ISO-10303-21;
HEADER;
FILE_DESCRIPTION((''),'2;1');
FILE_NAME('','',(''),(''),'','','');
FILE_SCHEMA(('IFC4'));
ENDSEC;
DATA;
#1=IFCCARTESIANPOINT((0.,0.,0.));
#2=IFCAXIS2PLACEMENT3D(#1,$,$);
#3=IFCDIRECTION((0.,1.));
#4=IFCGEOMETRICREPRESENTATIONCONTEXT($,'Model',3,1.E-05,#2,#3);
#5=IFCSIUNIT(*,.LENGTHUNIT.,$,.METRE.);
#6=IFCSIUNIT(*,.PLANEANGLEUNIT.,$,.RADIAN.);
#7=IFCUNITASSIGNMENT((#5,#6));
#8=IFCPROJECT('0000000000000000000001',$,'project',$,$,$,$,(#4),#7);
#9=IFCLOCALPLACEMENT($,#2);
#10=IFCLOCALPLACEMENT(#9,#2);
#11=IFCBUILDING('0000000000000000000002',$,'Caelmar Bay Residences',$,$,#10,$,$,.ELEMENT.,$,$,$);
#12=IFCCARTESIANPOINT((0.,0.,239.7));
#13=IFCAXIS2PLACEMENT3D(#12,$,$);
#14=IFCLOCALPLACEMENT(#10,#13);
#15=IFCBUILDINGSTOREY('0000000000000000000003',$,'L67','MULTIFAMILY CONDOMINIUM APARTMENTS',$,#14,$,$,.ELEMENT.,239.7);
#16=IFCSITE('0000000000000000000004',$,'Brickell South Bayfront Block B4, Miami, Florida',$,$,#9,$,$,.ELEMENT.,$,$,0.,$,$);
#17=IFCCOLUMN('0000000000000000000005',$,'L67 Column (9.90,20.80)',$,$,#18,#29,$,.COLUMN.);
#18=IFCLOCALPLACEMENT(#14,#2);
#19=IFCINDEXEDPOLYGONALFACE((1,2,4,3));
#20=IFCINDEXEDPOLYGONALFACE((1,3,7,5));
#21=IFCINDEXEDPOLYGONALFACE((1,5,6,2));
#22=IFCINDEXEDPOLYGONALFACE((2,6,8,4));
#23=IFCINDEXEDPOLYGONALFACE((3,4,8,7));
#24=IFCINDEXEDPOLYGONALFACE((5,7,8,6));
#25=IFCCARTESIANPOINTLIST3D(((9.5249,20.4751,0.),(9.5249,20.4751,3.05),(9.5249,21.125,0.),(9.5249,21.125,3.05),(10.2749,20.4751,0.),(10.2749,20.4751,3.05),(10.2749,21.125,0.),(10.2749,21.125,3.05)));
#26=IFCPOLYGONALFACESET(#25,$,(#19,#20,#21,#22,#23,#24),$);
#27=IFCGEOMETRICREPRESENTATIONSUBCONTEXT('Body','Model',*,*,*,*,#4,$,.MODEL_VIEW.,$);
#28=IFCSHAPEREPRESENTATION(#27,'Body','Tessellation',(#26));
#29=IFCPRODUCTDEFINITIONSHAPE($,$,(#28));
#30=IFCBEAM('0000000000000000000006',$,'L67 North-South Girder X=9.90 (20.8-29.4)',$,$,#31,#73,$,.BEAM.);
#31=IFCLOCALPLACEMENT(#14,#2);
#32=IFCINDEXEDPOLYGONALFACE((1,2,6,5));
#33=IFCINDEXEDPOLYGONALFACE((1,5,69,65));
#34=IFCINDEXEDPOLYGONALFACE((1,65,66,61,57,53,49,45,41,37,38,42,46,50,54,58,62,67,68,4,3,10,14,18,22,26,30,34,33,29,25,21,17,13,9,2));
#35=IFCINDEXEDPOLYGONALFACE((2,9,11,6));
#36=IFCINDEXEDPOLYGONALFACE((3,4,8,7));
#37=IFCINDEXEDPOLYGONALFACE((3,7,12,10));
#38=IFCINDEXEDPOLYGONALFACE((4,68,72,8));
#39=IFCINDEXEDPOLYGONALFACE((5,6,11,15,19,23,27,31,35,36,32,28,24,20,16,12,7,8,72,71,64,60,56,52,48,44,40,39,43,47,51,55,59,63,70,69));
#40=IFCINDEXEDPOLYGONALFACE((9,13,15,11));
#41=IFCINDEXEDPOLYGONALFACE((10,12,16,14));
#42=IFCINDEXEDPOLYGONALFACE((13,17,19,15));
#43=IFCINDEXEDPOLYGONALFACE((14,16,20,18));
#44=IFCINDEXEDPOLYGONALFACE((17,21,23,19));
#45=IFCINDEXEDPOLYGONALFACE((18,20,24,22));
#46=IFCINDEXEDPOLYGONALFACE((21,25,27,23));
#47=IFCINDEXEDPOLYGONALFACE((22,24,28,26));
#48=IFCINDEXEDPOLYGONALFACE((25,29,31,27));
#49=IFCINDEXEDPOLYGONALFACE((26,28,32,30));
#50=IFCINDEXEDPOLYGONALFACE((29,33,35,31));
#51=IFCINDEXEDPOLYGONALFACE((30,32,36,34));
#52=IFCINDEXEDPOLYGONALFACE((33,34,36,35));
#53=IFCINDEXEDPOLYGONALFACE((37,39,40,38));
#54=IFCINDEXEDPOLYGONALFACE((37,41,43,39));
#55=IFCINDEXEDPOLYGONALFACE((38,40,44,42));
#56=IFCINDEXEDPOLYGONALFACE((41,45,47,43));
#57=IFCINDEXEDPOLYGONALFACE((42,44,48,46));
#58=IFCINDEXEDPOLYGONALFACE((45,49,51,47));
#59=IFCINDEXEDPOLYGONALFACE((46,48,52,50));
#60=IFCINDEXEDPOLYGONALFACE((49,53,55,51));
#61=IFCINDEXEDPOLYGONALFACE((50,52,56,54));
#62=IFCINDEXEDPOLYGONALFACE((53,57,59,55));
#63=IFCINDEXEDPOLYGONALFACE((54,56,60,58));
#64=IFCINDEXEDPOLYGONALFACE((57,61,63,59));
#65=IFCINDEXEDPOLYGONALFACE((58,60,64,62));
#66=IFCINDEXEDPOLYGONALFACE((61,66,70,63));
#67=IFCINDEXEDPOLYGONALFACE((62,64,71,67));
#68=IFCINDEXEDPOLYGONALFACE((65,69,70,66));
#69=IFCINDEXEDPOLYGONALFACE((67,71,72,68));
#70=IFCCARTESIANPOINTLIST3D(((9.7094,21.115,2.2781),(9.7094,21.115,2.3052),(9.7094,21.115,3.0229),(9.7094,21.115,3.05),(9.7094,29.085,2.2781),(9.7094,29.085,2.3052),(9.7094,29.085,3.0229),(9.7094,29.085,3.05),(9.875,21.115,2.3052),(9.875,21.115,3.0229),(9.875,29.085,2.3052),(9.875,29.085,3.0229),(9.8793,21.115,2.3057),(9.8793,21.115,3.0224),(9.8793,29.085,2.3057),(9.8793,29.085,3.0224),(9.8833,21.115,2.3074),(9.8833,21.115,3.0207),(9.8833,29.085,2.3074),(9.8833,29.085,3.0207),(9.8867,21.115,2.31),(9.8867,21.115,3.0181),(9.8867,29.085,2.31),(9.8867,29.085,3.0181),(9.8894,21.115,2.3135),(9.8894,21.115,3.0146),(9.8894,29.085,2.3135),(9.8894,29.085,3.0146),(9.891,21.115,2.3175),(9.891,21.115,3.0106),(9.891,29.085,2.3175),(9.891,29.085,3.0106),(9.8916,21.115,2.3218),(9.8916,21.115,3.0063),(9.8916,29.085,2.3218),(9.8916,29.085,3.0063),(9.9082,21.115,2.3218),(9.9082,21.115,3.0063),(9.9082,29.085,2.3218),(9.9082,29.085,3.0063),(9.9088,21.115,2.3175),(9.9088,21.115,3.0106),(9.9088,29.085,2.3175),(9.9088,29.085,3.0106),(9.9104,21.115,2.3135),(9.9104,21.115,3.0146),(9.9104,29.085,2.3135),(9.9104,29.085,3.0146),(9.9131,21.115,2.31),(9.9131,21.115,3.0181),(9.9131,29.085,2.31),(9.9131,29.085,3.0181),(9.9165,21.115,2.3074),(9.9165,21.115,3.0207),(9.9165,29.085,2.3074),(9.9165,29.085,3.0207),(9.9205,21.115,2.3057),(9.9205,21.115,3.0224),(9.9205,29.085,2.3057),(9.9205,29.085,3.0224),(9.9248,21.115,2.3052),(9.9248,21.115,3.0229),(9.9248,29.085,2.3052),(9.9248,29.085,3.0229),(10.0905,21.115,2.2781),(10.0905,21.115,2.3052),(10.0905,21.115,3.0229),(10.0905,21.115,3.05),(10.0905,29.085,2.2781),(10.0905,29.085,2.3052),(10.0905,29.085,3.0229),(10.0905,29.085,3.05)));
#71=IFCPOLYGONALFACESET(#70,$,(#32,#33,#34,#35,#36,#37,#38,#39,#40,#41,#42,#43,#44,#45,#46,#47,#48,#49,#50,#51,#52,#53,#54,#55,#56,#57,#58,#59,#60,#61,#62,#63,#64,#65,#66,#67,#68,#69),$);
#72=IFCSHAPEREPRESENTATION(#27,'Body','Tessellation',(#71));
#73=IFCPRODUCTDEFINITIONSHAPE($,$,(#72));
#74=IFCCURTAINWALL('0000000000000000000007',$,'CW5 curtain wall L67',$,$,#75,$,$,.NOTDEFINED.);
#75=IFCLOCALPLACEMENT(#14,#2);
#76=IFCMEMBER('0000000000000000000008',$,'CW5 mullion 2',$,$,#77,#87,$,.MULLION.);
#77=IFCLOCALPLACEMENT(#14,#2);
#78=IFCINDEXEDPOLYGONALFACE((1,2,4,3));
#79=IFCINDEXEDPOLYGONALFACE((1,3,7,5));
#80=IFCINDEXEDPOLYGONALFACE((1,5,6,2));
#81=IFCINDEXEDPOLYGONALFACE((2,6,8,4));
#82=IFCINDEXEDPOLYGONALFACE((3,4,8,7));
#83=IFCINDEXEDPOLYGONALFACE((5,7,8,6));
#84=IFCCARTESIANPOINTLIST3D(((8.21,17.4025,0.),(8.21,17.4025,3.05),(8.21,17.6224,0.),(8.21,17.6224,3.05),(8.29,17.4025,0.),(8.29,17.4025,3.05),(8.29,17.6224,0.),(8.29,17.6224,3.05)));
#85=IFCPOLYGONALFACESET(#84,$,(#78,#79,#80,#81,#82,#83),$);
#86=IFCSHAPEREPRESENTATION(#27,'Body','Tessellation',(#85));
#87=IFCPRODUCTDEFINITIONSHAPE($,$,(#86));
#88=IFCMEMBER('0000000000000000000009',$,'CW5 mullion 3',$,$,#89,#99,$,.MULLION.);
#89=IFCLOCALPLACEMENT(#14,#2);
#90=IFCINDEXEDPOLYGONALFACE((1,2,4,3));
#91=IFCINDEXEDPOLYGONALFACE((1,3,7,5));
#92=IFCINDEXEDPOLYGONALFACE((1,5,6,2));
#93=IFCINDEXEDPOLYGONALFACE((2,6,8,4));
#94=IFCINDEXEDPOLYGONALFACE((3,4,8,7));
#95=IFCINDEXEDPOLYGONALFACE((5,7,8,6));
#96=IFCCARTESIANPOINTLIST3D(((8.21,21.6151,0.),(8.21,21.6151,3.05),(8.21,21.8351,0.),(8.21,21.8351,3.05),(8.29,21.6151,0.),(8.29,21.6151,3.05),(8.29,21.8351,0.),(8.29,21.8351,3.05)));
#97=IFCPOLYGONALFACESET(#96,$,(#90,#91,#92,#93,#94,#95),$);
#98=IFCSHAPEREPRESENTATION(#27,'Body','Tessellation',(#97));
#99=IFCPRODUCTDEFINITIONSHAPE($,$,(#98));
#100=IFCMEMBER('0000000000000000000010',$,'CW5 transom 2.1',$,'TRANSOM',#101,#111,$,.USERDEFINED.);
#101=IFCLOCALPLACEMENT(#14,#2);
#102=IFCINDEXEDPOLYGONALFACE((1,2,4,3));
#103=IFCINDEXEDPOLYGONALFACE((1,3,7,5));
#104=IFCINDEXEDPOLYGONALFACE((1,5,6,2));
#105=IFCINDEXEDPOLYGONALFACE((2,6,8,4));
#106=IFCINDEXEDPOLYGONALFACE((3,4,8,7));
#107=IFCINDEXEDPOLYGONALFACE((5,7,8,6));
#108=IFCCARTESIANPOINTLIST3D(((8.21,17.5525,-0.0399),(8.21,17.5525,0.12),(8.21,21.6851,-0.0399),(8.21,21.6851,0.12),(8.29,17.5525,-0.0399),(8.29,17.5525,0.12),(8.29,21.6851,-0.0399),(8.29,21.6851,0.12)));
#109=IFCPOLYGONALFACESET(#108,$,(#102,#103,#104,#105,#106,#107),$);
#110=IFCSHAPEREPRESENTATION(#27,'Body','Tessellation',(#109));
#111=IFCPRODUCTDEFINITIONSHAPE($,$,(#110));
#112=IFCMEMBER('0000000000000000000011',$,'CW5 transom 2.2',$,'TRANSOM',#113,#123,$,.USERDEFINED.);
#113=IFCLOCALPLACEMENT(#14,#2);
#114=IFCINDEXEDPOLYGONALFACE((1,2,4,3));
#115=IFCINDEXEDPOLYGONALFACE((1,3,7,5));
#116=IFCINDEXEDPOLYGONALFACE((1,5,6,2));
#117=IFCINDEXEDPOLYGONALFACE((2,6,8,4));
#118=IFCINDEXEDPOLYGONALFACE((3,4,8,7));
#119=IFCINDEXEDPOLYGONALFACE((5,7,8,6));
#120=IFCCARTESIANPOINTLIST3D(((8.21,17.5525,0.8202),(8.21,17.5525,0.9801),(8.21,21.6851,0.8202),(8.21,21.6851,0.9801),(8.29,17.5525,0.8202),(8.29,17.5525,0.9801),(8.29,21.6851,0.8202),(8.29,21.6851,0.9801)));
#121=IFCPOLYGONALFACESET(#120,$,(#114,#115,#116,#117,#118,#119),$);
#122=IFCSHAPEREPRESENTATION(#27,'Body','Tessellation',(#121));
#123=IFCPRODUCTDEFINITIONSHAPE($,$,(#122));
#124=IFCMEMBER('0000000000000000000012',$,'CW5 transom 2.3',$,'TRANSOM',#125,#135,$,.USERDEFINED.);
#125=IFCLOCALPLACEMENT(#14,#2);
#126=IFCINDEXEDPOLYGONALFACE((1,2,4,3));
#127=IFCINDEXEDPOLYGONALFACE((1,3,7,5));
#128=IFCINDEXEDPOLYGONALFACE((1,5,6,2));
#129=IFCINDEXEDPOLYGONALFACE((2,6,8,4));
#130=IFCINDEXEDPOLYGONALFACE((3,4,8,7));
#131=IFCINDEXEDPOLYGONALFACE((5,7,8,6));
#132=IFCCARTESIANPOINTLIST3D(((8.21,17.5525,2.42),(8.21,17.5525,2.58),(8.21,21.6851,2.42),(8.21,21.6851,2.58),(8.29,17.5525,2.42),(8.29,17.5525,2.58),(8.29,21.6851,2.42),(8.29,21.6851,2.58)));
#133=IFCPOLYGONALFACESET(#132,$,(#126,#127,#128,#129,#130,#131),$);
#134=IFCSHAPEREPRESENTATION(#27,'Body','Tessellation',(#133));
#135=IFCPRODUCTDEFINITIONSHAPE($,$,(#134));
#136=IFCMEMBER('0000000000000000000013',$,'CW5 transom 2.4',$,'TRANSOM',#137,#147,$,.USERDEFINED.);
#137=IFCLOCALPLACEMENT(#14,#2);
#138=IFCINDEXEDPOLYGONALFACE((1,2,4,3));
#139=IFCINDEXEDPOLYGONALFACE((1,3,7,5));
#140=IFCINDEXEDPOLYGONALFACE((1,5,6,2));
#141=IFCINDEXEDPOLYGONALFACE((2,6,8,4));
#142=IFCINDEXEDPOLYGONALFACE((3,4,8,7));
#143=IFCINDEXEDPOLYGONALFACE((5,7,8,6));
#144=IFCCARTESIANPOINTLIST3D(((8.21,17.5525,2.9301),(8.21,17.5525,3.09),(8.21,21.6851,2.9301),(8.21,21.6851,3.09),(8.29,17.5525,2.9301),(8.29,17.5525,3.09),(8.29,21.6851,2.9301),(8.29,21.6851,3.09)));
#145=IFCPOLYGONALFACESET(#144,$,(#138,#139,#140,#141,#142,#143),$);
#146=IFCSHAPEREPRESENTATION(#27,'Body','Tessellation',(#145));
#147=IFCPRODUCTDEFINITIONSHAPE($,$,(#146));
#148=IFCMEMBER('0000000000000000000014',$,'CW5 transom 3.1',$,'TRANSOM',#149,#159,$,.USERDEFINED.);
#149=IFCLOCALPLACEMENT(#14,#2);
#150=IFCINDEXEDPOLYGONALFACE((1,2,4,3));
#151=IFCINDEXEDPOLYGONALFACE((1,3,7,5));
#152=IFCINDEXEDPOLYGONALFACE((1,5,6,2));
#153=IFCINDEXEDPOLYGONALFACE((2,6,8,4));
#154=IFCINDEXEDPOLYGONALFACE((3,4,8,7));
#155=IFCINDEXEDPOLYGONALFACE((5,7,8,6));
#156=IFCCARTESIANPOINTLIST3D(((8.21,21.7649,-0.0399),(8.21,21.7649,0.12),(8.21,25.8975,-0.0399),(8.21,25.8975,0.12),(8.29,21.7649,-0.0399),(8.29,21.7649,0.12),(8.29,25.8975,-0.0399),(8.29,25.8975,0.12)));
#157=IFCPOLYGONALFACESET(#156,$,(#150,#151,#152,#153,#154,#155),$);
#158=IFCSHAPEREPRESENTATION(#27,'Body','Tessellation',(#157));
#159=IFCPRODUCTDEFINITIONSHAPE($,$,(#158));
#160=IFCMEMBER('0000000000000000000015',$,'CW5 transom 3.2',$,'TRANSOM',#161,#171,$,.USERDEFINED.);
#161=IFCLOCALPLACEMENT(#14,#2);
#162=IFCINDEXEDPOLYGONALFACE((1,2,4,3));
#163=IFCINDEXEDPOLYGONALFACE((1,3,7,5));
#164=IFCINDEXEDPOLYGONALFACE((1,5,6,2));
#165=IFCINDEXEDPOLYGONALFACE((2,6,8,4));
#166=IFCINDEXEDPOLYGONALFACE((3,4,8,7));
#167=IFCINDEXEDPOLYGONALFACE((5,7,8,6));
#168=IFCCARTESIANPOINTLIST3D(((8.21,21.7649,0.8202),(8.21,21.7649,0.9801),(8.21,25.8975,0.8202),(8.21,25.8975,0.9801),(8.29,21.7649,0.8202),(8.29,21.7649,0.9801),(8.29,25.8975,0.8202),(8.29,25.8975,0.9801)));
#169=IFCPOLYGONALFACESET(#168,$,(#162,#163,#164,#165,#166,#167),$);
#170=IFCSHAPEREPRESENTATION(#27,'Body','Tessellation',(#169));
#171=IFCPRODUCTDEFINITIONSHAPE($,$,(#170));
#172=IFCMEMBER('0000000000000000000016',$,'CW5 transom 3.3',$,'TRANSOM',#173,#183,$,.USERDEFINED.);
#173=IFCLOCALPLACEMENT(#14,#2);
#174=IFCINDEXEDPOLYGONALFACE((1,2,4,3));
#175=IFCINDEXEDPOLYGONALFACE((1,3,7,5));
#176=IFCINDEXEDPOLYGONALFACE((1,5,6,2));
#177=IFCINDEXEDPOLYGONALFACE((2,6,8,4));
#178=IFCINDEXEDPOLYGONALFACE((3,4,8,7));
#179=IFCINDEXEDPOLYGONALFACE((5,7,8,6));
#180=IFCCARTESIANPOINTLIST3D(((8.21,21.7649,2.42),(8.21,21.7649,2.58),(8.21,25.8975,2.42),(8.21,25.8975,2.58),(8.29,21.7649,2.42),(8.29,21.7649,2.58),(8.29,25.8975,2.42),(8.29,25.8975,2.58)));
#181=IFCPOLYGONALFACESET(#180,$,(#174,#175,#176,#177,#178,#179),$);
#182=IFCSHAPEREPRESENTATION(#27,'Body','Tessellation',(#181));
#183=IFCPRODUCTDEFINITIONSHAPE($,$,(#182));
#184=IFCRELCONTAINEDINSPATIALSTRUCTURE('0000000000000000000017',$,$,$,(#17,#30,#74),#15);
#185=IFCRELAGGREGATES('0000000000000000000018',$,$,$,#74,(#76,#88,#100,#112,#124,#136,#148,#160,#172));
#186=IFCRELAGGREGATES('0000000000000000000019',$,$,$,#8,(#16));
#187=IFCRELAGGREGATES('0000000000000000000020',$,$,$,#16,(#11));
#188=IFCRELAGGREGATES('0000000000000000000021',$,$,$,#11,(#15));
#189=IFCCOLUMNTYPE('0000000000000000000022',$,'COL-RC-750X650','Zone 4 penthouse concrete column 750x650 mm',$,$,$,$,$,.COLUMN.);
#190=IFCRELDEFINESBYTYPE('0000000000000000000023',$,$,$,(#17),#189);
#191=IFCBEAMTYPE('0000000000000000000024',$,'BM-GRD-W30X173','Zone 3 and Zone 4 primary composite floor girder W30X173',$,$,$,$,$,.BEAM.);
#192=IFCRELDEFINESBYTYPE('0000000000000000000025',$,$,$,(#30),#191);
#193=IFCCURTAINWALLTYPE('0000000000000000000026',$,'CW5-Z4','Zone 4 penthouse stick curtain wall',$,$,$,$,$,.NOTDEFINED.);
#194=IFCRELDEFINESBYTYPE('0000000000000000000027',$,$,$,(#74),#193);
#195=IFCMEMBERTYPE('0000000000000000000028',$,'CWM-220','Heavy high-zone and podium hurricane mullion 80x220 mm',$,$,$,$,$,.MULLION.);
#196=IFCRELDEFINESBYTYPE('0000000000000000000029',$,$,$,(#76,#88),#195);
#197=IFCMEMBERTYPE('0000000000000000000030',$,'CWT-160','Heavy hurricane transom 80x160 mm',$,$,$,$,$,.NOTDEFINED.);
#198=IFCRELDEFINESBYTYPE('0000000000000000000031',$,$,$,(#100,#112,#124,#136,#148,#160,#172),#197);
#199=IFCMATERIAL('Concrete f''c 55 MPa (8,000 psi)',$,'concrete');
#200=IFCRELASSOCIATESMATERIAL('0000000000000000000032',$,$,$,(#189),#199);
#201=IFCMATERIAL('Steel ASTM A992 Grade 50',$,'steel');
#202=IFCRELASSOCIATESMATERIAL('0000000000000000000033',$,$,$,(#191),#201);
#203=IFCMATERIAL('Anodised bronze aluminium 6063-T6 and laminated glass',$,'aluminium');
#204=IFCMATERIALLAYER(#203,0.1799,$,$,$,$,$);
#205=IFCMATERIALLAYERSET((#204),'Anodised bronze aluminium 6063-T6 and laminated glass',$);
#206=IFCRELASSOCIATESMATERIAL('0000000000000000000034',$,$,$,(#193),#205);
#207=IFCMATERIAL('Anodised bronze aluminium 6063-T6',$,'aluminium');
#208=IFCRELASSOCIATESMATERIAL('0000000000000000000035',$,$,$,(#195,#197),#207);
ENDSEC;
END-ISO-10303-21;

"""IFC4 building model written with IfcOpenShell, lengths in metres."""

from ifc_helpers import new_model, si_unit, direction, frame, origin, origin_2d, place, context, subcontext, project, spatial, rectangle, i_section, extrude, material, layer, layer_set, material_profile, profile_set, type_object, element, aggregate, save


model = new_model("IFC4")

# Units and contexts
model_context = context("Model", 3, precision=1e-05, world=origin(), true_north=direction((0.0, 1.0)))
body_context = subcontext(model_context, "Body", "Model", "MODEL_VIEW")
ifc_project = project(units=[si_unit("LENGTHUNIT", "METRE"), si_unit("PLANEANGLEUNIT", "RADIAN")], contexts=[model_context])

# Site, building, storey
site_placement = place(None, origin())
site = spatial("IfcSite", under=ifc_project, at=site_placement, Name="Brickell South Bayfront Block B4, Miami, Florida", CompositionType="ELEMENT", RefElevation=0.0)
building_placement = place(site_placement, origin())
building = spatial("IfcBuilding", under=site, at=building_placement, Name="Caelmar Bay Residences", CompositionType="ELEMENT")
storey_placement = place(building_placement, frame((0.0, 0.0, 239.7)))
storey = spatial("IfcBuildingStorey", under=building, at=storey_placement, Name="L67", Description="MULTIFAMILY CONDOMINIUM APARTMENTS", CompositionType="ELEMENT", Elevation=239.7)

# Column
ifc_material_1 = material(Name="Concrete f'c 55 MPa (8,000 psi)", Category="concrete")
ifc_material_profile_1 = material_profile(ifc_material_1, rectangle(XDim=0.75, YDim=0.6499, at=origin_2d()), Name="RC-COL-750X650")
ifc_profile_set_1 = profile_set([ifc_material_profile_1], Name="Concrete f'c 55 MPa (8,000 psi)")
column_type = type_object("IfcColumnType", Name="COL-RC-750X650", Description="Zone 4 penthouse concrete column 750x650 mm", PredefinedType="COLUMN", material=ifc_profile_set_1)
column_placement = place(storey_placement, frame((9.8999, 20.8, 0.0), z_axis=(0.0, 0.0, 1.0), x_axis=(1.0, 0.0, 0.0)))
element("IfcColumn", 1, at=column_placement, inside=storey, type_object=column_type, Name="L67 Column (9.90,20.80)", PredefinedType="COLUMN", context=body_context, shape_type="SweptSolid", body=[
    extrude(rectangle(XDim=0.75, YDim=0.6499, at=origin_2d()), origin(), (0.0, 0.0, 1.0), 3.05),
])

# Beam
ifc_material_2 = material(Name="Steel ASTM A992 Grade 50", Category="steel")
ifc_material_profile_2 = material_profile(ifc_material_2, i_section(OverallWidth=0.3811, OverallDepth=0.772, WebThickness=0.0166, FlangeThickness=0.0271, FilletRadius=0.0166, at=origin_2d()), Name="W30X173")
ifc_profile_set_2 = profile_set([ifc_material_profile_2], Name="Steel ASTM A992 Grade 50")
beam_type = type_object("IfcBeamType", Name="BM-GRD-W30X173", Description="Zone 3 and Zone 4 primary composite floor girder W30X173", PredefinedType="BEAM", material=ifc_profile_set_2)
beam_placement = place(storey_placement, frame((9.8999, 21.115, 2.6641), z_axis=(0.0, 1.0, 0.0), x_axis=(-1.0, 0.0, 0.0)))
element("IfcBeam", 2, at=beam_placement, inside=storey, type_object=beam_type, Name="L67 North-South Girder X=9.90 (20.8-29.4)", PredefinedType="BEAM", context=body_context, shape_type="SweptSolid", body=[
    extrude(i_section(OverallWidth=0.3811, OverallDepth=0.772, WebThickness=0.0166, FlangeThickness=0.0271, FilletRadius=0.0166, at=origin_2d()), origin(), (0.0, 0.0, 1.0), 7.97),
])

# Curtain wall, members
ifc_material_3 = material(Name="Anodised bronze aluminium 6063-T6 and laminated glass", Category="aluminium")
ifc_layer_1 = layer(ifc_material_3, 0.1799)
ifc_layer_set_1 = layer_set([ifc_layer_1], Name="Anodised bronze aluminium 6063-T6 and laminated glass")
curtain_wall_type = type_object("IfcCurtainWallType", Name="CW5-Z4", Description="Zone 4 penthouse stick curtain wall", PredefinedType="NOTDEFINED", material=ifc_layer_set_1)
curtain_wall_placement = place(storey_placement, origin())
curtain_wall = element("IfcCurtainWall", 3, at=curtain_wall_placement, inside=storey, type_object=curtain_wall_type, Name="CW5 curtain wall L67", PredefinedType="NOTDEFINED")
ifc_material_4 = material(Name="Anodised bronze aluminium 6063-T6", Category="aluminium")
ifc_material_profile_3 = material_profile(ifc_material_4, rectangle(XDim=0.0801, YDim=0.22, at=origin_2d()), Name="CWM-80X220")
ifc_profile_set_3 = profile_set([ifc_material_profile_3], Name="Anodised bronze aluminium 6063-T6")
member_type_1 = type_object("IfcMemberType", Name="CWM-220", Description="Heavy high-zone and podium hurricane mullion 80x220 mm", PredefinedType="MULLION", material=ifc_profile_set_3)
member_1_placement = place(storey_placement, frame((8.25, 17.5125, 0.0), z_axis=(0.0, 0.0, 1.0), x_axis=(-1.0, 0.0, 0.0)))
member_1 = element("IfcMember", 4, at=member_1_placement, type_object=member_type_1, Name="CW5 mullion 2", PredefinedType="MULLION", context=body_context, shape_type="SweptSolid", body=[
    extrude(rectangle(XDim=0.0801, YDim=0.22, at=origin_2d()), origin(), (0.0, 0.0, 1.0), 3.05),
])
member_2_placement = place(storey_placement, frame((8.25, 21.7251, 0.0), z_axis=(0.0, 0.0, 1.0), x_axis=(-1.0, 0.0, 0.0)))
member_2 = element("IfcMember", 5, at=member_2_placement, type_object=member_type_1, Name="CW5 mullion 3", PredefinedType="MULLION", context=body_context, shape_type="SweptSolid", body=[
    extrude(rectangle(XDim=0.0801, YDim=0.22, at=origin_2d()), origin(), (0.0, 0.0, 1.0), 3.05),
])
ifc_material_profile_4 = material_profile(ifc_material_4, rectangle(XDim=0.0801, YDim=0.1599, at=origin_2d()), Name="CWT-80X160")
ifc_profile_set_4 = profile_set([ifc_material_profile_4], Name="Anodised bronze aluminium 6063-T6")
member_type_2 = type_object("IfcMemberType", Name="CWT-160", Description="Heavy hurricane transom 80x160 mm", PredefinedType="NOTDEFINED", material=ifc_profile_set_4)
member_3_placement = place(storey_placement, frame((8.25, 17.5525, 0.04), z_axis=(0.0, 1.0, 0.0), x_axis=(-1.0, 0.0, 0.0)))
member_3 = element("IfcMember", 6, at=member_3_placement, type_object=member_type_2, Name="CW5 transom 2.1", ObjectType="TRANSOM", PredefinedType="USERDEFINED", context=body_context, shape_type="SweptSolid", body=[
    extrude(rectangle(XDim=0.0801, YDim=0.1599, at=origin_2d()), origin(), (0.0, 0.0, 1.0), 4.1326),
])
member_4_placement = place(storey_placement, frame((8.25, 17.5525, 0.9001), z_axis=(0.0, 1.0, 0.0), x_axis=(-1.0, 0.0, 0.0)))
member_4 = element("IfcMember", 7, at=member_4_placement, type_object=member_type_2, Name="CW5 transom 2.2", ObjectType="TRANSOM", PredefinedType="USERDEFINED", context=body_context, shape_type="SweptSolid", body=[
    extrude(rectangle(XDim=0.0801, YDim=0.1599, at=origin_2d()), origin(), (0.0, 0.0, 1.0), 4.1326),
])
member_5_placement = place(storey_placement, frame((8.25, 17.5525, 2.5), z_axis=(0.0, 1.0, 0.0), x_axis=(-1.0, 0.0, 0.0)))
member_5 = element("IfcMember", 8, at=member_5_placement, type_object=member_type_2, Name="CW5 transom 2.3", ObjectType="TRANSOM", PredefinedType="USERDEFINED", context=body_context, shape_type="SweptSolid", body=[
    extrude(rectangle(XDim=0.0801, YDim=0.1599, at=origin_2d()), origin(), (0.0, 0.0, 1.0), 4.1326),
])
member_6_placement = place(storey_placement, frame((8.25, 17.5525, 3.01), z_axis=(0.0, 1.0, 0.0), x_axis=(-1.0, 0.0, 0.0)))
member_6 = element("IfcMember", 9, at=member_6_placement, type_object=member_type_2, Name="CW5 transom 2.4", ObjectType="TRANSOM", PredefinedType="USERDEFINED", context=body_context, shape_type="SweptSolid", body=[
    extrude(rectangle(XDim=0.0801, YDim=0.1599, at=origin_2d()), origin(), (0.0, 0.0, 1.0), 4.1326),
])
member_7_placement = place(storey_placement, frame((8.25, 21.7649, 0.04), z_axis=(0.0, 1.0, 0.0), x_axis=(-1.0, 0.0, 0.0)))
member_7 = element("IfcMember", 10, at=member_7_placement, type_object=member_type_2, Name="CW5 transom 3.1", ObjectType="TRANSOM", PredefinedType="USERDEFINED", context=body_context, shape_type="SweptSolid", body=[
    extrude(rectangle(XDim=0.0801, YDim=0.1599, at=origin_2d()), origin(), (0.0, 0.0, 1.0), 4.1326),
])
member_8_placement = place(storey_placement, frame((8.25, 21.7649, 0.9001), z_axis=(0.0, 1.0, 0.0), x_axis=(-1.0, 0.0, 0.0)))
member_8 = element("IfcMember", 11, at=member_8_placement, type_object=member_type_2, Name="CW5 transom 3.2", ObjectType="TRANSOM", PredefinedType="USERDEFINED", context=body_context, shape_type="SweptSolid", body=[
    extrude(rectangle(XDim=0.0801, YDim=0.1599, at=origin_2d()), origin(), (0.0, 0.0, 1.0), 4.1326),
])
member_9_placement = place(storey_placement, frame((8.25, 21.7649, 2.5), z_axis=(0.0, 1.0, 0.0), x_axis=(-1.0, 0.0, 0.0)))
member_9 = element("IfcMember", 12, at=member_9_placement, type_object=member_type_2, Name="CW5 transom 3.3", ObjectType="TRANSOM", PredefinedType="USERDEFINED", context=body_context, shape_type="SweptSolid", body=[
    extrude(rectangle(XDim=0.0801, YDim=0.1599, at=origin_2d()), origin(), (0.0, 0.0, 1.0), 4.1326),
])
aggregate(curtain_wall, [member_1, member_2, member_3, member_4, member_5, member_6, member_7, member_8, member_9])

save(model, "model.ifc")
